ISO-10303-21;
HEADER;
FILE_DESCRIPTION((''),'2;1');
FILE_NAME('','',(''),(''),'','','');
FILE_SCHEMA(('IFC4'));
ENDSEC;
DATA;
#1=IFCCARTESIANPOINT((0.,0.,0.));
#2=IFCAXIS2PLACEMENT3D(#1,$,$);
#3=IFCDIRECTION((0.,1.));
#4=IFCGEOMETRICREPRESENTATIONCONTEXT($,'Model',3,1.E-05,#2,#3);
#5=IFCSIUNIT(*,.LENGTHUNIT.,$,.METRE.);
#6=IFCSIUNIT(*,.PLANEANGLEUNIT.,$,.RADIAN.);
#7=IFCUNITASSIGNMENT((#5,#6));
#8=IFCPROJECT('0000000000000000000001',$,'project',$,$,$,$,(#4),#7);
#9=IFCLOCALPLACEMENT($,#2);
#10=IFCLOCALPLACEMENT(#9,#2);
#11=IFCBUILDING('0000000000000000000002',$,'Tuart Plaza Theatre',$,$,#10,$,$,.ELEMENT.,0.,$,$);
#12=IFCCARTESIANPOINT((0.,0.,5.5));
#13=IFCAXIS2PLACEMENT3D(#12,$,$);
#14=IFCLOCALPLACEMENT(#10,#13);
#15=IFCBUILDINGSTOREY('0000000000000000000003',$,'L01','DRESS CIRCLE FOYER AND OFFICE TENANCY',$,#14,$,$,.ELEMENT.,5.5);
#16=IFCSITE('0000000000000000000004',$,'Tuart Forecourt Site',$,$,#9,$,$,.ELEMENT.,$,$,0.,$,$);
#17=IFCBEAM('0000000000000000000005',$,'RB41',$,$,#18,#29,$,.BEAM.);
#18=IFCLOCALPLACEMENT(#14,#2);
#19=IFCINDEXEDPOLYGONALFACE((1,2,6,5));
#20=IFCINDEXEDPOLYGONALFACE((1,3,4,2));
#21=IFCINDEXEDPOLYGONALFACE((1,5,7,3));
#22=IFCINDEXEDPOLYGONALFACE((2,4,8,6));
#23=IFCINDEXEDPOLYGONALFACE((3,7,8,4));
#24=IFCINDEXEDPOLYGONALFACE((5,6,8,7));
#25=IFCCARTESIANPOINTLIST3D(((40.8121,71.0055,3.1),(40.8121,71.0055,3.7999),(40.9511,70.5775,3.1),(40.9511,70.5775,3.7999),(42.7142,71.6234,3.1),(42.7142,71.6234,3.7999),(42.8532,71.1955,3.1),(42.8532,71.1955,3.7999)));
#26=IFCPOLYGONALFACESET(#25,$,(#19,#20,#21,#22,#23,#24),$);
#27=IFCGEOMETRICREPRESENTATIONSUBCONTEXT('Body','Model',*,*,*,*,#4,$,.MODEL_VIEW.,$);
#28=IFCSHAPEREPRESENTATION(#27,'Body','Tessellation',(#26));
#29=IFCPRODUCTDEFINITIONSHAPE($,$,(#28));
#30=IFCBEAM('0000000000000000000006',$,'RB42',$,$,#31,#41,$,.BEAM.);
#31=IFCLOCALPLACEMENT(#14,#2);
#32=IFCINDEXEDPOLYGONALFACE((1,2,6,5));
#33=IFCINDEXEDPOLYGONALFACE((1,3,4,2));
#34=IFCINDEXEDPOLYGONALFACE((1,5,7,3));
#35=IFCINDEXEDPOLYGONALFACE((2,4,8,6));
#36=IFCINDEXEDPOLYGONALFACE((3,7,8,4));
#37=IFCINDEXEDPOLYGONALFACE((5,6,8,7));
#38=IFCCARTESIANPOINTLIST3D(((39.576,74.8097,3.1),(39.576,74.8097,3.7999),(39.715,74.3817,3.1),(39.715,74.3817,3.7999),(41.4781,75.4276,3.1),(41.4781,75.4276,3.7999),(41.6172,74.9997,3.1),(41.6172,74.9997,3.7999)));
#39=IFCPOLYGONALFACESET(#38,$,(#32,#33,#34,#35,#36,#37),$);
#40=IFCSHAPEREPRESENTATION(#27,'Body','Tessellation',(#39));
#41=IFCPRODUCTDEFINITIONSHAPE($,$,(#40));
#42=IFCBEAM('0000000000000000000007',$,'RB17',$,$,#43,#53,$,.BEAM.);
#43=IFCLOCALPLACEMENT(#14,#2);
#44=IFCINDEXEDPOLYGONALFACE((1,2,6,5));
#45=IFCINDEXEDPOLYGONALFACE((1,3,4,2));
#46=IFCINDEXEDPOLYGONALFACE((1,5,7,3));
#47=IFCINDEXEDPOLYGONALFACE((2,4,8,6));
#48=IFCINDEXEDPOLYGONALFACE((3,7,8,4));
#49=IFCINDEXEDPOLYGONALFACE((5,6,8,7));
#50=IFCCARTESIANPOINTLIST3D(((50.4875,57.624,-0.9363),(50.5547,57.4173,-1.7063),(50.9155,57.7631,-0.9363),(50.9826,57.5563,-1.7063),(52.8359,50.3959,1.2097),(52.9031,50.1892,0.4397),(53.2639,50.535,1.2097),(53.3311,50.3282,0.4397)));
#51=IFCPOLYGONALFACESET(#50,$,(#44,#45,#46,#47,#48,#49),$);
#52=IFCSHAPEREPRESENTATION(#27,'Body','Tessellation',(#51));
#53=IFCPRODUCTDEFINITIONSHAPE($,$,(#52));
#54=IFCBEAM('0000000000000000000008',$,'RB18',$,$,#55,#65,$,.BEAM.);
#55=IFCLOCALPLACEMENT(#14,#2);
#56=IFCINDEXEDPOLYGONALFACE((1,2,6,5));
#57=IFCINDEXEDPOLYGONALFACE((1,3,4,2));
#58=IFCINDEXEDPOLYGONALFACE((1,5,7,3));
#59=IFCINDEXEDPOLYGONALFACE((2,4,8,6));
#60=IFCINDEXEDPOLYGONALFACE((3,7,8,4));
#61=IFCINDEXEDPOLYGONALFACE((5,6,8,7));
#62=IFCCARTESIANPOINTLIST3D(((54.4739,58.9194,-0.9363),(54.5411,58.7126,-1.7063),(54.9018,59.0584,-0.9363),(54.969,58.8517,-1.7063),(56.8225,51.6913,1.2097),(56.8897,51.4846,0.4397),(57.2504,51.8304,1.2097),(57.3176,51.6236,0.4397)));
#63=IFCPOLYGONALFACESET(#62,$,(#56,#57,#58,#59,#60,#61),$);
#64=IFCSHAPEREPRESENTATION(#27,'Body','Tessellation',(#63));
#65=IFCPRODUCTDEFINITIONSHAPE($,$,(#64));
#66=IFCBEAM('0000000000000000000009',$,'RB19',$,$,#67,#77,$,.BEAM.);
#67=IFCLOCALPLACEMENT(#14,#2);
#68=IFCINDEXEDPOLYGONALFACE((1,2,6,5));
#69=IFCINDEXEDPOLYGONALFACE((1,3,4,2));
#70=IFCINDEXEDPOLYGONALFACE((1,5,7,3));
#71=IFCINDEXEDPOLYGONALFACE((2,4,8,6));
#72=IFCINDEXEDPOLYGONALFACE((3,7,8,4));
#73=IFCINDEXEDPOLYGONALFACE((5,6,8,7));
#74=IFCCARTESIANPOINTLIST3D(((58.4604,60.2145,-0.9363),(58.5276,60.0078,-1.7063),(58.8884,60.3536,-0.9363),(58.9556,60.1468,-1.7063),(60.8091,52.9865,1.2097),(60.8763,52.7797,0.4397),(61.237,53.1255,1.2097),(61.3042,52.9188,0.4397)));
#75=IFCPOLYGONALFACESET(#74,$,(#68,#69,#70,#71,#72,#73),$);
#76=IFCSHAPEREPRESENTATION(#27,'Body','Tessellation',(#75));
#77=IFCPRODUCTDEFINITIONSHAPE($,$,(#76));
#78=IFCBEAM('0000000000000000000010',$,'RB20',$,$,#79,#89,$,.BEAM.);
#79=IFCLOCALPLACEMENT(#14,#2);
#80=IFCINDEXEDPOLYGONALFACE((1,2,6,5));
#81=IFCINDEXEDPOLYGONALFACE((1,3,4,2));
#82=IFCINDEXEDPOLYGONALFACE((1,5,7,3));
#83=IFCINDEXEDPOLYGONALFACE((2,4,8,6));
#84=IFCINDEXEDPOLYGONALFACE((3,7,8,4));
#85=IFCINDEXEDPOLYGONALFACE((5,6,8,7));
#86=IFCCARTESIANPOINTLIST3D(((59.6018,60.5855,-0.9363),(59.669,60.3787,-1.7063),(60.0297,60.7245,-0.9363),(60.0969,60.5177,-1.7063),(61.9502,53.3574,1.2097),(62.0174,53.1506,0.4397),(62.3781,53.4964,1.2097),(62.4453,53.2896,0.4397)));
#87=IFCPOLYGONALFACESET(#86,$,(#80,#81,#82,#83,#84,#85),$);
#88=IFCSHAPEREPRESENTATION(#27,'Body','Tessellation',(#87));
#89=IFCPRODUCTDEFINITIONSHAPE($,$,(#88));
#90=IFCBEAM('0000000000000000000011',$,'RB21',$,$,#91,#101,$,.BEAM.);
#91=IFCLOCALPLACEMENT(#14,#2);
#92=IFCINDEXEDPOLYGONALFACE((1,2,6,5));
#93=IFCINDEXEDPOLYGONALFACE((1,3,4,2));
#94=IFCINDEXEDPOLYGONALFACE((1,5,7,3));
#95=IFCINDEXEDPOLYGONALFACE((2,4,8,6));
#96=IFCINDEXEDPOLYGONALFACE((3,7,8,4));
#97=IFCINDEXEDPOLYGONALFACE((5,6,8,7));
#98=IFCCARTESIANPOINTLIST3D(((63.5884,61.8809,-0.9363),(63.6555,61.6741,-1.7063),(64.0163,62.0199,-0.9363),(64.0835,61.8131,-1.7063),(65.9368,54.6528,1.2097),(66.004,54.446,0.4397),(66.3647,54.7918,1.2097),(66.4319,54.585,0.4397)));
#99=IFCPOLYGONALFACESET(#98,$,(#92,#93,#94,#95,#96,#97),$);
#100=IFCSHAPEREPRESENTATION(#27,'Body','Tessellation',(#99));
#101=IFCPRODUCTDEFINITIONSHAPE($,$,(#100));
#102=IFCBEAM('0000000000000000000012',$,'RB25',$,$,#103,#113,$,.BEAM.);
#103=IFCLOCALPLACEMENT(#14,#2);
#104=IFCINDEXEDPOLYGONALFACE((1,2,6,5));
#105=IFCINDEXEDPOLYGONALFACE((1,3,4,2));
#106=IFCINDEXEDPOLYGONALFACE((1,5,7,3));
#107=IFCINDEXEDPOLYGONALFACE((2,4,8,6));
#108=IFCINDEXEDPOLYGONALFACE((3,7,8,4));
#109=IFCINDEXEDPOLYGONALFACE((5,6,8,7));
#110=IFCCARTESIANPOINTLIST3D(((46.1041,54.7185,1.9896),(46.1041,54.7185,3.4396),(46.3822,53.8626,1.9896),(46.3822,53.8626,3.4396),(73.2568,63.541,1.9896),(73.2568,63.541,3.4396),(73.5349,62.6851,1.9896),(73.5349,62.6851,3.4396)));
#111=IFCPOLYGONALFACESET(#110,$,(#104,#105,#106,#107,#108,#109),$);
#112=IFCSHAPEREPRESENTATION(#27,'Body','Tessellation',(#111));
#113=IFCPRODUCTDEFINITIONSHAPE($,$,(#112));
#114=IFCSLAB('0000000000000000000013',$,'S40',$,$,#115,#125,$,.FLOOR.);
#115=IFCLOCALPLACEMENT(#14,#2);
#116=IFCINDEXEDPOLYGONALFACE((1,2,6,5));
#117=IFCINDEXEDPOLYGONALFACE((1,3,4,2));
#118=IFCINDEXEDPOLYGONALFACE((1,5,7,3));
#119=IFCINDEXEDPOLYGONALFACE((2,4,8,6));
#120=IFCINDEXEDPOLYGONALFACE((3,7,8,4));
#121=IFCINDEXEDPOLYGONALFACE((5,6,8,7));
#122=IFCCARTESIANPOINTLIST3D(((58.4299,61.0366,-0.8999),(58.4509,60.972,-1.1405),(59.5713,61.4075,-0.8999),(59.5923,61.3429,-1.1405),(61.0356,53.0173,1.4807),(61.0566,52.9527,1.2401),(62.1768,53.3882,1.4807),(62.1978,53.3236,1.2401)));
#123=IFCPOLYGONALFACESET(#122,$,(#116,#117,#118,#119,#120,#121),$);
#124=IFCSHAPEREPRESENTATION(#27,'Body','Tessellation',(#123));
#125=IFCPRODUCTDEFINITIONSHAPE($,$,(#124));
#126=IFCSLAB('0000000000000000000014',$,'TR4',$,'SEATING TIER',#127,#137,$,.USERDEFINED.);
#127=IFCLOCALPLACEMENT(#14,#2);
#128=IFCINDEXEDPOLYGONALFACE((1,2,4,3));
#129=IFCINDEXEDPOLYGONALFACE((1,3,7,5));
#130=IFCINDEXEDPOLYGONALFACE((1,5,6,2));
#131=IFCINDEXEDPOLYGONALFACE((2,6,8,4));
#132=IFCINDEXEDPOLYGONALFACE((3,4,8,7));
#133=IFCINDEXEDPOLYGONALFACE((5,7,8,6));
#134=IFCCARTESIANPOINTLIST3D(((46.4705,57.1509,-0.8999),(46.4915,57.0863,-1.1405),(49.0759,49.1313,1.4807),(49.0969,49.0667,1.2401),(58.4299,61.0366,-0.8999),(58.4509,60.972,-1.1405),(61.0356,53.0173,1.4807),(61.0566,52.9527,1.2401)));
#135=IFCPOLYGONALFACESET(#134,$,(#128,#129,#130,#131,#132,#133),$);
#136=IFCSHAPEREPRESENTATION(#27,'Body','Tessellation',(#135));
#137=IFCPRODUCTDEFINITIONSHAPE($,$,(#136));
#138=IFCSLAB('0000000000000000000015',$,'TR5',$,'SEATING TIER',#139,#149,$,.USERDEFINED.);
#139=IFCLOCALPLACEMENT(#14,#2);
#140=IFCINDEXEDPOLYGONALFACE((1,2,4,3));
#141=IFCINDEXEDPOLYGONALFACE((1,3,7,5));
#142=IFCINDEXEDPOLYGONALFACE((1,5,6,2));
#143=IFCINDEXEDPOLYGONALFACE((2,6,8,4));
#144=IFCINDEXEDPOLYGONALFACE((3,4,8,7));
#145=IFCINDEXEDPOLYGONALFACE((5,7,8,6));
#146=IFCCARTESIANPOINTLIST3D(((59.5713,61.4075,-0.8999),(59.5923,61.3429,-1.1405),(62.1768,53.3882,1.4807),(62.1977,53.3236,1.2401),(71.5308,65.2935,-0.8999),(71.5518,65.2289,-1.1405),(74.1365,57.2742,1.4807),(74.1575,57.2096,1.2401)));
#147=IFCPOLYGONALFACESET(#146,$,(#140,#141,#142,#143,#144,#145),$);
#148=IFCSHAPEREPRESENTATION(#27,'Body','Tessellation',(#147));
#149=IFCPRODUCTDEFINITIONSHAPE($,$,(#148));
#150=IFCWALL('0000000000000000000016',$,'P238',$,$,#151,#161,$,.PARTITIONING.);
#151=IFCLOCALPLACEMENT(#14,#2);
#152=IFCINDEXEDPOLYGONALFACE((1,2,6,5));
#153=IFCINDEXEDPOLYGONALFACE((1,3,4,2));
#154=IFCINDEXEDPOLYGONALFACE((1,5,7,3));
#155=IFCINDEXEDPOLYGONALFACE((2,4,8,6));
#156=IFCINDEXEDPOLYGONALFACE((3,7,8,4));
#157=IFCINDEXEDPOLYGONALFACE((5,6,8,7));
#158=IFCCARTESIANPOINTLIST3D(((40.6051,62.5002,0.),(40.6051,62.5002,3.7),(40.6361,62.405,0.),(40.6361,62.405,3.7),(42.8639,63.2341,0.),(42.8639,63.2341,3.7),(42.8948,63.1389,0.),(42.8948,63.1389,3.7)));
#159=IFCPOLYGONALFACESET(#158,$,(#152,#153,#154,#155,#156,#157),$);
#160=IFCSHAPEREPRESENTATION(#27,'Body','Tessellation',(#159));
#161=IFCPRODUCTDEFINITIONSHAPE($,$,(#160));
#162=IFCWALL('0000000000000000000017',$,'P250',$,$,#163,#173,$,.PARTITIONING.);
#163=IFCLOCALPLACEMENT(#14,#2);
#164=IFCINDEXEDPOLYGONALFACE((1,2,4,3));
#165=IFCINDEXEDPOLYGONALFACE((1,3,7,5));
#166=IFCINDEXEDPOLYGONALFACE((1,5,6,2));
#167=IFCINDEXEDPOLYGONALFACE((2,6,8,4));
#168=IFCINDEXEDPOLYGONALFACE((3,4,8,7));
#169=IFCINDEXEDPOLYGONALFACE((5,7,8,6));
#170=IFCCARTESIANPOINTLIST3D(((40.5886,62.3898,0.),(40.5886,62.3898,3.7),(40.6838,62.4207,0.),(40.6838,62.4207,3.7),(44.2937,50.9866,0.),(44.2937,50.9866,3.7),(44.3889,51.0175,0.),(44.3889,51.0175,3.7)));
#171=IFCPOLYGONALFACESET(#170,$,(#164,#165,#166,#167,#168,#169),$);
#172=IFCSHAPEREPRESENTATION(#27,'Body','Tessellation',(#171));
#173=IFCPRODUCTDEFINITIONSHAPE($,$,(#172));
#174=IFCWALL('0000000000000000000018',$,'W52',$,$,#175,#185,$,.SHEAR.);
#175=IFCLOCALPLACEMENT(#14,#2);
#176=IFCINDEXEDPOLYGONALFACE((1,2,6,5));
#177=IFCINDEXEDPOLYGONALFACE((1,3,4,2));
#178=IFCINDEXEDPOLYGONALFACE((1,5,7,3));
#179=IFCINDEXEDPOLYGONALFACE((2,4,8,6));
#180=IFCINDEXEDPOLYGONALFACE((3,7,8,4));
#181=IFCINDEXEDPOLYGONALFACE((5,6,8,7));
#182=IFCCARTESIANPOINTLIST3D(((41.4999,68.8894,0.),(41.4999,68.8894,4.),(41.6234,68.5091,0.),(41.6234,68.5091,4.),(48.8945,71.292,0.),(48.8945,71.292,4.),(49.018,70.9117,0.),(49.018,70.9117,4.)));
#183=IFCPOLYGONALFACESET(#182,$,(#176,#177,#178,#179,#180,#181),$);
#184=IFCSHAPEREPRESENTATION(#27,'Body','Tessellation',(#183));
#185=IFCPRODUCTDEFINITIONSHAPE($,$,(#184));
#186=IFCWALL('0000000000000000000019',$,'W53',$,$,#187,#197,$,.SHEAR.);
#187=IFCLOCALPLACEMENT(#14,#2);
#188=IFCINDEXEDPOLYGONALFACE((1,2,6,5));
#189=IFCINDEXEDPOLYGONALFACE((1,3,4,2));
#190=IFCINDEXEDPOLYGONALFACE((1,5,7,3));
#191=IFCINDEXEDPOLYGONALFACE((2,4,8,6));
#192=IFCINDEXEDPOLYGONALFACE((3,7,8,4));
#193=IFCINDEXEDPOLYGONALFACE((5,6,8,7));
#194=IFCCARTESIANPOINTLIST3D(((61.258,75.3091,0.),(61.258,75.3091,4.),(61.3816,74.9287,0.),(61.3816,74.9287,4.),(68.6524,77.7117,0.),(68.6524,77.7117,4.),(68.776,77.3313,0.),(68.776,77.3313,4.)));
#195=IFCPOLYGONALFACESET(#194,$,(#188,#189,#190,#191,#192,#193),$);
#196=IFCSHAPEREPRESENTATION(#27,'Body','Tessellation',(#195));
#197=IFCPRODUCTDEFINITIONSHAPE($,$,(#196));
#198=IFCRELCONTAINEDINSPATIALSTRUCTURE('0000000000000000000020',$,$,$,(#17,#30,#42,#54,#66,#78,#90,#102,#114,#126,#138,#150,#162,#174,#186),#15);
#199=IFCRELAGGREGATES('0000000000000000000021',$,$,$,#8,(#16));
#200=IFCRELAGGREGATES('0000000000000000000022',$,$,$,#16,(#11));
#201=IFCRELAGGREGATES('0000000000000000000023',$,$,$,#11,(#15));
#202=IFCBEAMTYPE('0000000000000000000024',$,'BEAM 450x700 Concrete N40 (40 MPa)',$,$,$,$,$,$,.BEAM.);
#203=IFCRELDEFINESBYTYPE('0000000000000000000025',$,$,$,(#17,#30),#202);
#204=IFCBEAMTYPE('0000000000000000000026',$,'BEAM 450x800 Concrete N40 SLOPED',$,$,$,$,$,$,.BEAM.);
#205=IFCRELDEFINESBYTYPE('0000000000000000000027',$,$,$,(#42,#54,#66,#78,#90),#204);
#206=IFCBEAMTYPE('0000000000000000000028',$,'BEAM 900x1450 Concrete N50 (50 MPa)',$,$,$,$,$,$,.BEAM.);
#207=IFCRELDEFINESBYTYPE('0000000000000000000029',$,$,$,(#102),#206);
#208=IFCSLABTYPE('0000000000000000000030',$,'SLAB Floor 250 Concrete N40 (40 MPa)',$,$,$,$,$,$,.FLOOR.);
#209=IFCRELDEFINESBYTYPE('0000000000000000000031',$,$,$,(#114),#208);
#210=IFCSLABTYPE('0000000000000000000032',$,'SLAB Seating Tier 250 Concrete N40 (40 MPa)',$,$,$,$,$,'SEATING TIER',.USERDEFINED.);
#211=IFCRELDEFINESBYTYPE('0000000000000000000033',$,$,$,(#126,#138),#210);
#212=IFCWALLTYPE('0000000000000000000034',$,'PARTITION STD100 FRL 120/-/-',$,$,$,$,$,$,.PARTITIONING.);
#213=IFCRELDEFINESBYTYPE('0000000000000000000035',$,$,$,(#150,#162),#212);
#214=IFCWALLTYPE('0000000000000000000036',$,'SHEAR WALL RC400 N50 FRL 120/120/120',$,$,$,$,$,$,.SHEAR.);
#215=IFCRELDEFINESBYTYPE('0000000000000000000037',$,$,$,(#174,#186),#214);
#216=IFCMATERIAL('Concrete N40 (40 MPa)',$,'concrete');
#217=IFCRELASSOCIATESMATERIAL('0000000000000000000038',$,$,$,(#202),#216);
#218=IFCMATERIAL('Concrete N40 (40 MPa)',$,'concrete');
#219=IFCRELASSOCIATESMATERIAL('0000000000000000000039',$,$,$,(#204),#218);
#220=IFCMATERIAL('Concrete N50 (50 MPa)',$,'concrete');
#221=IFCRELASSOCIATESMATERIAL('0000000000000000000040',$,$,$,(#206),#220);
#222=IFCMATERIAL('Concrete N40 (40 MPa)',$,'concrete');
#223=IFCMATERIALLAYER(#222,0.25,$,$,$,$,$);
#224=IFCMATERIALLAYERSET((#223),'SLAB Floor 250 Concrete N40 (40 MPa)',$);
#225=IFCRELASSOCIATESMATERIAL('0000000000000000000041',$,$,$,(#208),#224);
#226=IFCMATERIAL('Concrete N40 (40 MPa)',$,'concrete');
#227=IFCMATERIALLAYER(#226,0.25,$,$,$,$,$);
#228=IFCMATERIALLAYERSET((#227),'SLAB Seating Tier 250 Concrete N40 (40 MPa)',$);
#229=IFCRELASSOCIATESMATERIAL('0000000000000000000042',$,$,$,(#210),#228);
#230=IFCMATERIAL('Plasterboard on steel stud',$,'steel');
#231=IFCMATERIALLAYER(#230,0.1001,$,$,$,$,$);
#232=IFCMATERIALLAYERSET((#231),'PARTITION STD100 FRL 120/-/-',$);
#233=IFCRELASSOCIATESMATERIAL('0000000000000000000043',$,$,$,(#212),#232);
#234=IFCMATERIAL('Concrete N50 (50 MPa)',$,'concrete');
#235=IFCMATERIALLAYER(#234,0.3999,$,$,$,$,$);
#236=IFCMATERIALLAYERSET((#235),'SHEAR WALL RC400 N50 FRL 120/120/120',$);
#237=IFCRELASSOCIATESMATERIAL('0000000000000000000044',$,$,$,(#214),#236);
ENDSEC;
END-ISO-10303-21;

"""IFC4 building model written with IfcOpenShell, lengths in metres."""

from ifc_helpers import new_model, si_unit, direction, frame, frame_2d, origin, origin_2d, place, context, subcontext, project, spatial, polyline, rectangle, outline, extrude, material, layer, layer_set, material_profile, profile_set, type_object, element, save


model = new_model("IFC4")

# Units and contexts
model_context = context("Model", 3, precision=1e-05, world=origin(), true_north=direction((0.0, 1.0)))
body_context = subcontext(model_context, "Body", "Model", "MODEL_VIEW")
ifc_project = project(units=[si_unit("LENGTHUNIT", "METRE"), si_unit("PLANEANGLEUNIT", "RADIAN")], contexts=[model_context])

# Site, building, storey
site_placement = place(None, origin())
site = spatial("IfcSite", under=ifc_project, at=site_placement, Name="Tuart Forecourt Site", CompositionType="ELEMENT", RefElevation=0.0)
building_placement = place(site_placement, origin())
building = spatial("IfcBuilding", under=site, at=building_placement, Name="Tuart Plaza Theatre", CompositionType="ELEMENT", ElevationOfRefHeight=0.0)
storey_placement = place(building_placement, frame((0.0, 0.0, 5.5)))
storey = spatial("IfcBuildingStorey", under=building, at=storey_placement, Name="L01", Description="DRESS CIRCLE FOYER AND OFFICE TENANCY", CompositionType="ELEMENT", Elevation=5.5)

# Beams
ifc_material_1 = material(Name="Concrete N40 (40 MPa)", Category="concrete")
ifc_material_profile_1 = material_profile(ifc_material_1, rectangle(XDim=0.45, YDim=0.7, at=origin_2d()), Name="BEAM 450x700 Concrete N40 (40 MPa)")
ifc_profile_set_1 = profile_set([ifc_material_profile_1], Name="Concrete N40 (40 MPa)")
beam_type_1 = type_object("IfcBeamType", Name="BEAM 450x700 Concrete N40 (40 MPa)", PredefinedType="BEAM", material=ifc_profile_set_1)
for number, where, z_axis, x_axis, name in (
    (1, (40.8816, 70.7915, 3.45), (0.951073, 0.308967, 0.0), (-0.308967, 0.951073, 0.0), "RB41"),
    (2, (39.6455, 74.5957, 3.45), (0.951073, 0.308967, 0.0), (-0.308967, 0.951073, 0.0), "RB42"),
):
    element("IfcBeam", number, at=place(storey_placement, frame(where, z_axis=z_axis, x_axis=x_axis)), inside=storey, type_object=beam_type_1, Name=name, PredefinedType="BEAM", context=body_context, shape_type="SweptSolid", body=[
        extrude(rectangle(XDim=0.45, YDim=0.7, at=origin_2d()), origin(), (0.0, 0.0, 1.0), 2.0),
    ])
ifc_material_2 = material(Name="Concrete N40 (40 MPa)", Category="concrete")
ifc_material_profile_2 = material_profile(ifc_material_2, rectangle(XDim=0.45, YDim=0.8, at=origin_2d()), Name="BEAM 450x800 Concrete N40 SLOPED")
ifc_profile_set_2 = profile_set([ifc_material_profile_2], Name="Concrete N40 (40 MPa)")
beam_type_2 = type_object("IfcBeamType", Name="BEAM 450x800 Concrete N40 SLOPED", PredefinedType="BEAM", material=ifc_profile_set_2)
for number, where, z_axis, x_axis, name in (
    (3, (53.0835, 50.3621, 0.8247), (-0.297373, 0.915273, -0.271744), (-0.951062, -0.309, 0.0), "RB17"),
    (4, (57.0701, 51.6575, 0.8247), (-0.297401, 0.915265, -0.271741), (-0.951052, -0.309029, 0.0), "RB18"),
    (5, (61.0566, 52.9526, 0.8247), (-0.297401, 0.915265, -0.271741), (-0.951052, -0.309029, 0.0), "RB19"),
    (6, (62.1978, 53.3235, 0.8247), (-0.297373, 0.915273, -0.271744), (-0.951062, -0.309, 0.0), "RB20"),
    (7, (66.1843, 54.6189, 0.8247), (-0.297373, 0.915273, -0.271744), (-0.951062, -0.309, 0.0), "RB21"),
):
    element("IfcBeam", number, at=place(storey_placement, frame(where, z_axis=z_axis, x_axis=x_axis)), inside=storey, type_object=beam_type_2, Name=name, PredefinedType="BEAM", context=body_context, shape_type="SweptSolid", body=[
        extrude(rectangle(XDim=0.45, YDim=0.8, at=origin_2d()), origin(), (0.0, 0.0, 1.0), 7.8972),
    ])
ifc_material_3 = material(Name="Concrete N50 (50 MPa)", Category="concrete")
ifc_material_profile_3 = material_profile(ifc_material_3, rectangle(XDim=0.8999, YDim=1.45, at=origin_2d()), Name="BEAM 900x1450 Concrete N50 (50 MPa)")
ifc_profile_set_3 = profile_set([ifc_material_profile_3], Name="Concrete N50 (50 MPa)")
beam_type_3 = type_object("IfcBeamType", Name="BEAM 900x1450 Concrete N50 (50 MPa)", PredefinedType="BEAM", material=ifc_profile_set_3)
beam_placement = place(storey_placement, frame((46.2432, 54.2905, 2.7146), z_axis=(0.951055, 0.30902, 0.0), x_axis=(-0.30902, 0.951055, 0.0)))
element("IfcBeam", 8, at=beam_placement, inside=storey, type_object=beam_type_3, Name="RB25", PredefinedType="BEAM", context=body_context, shape_type="SweptSolid", body=[
    extrude(rectangle(XDim=0.8999, YDim=1.45, at=origin_2d()), origin(), (0.0, 0.0, 1.0), 28.55),
])

# Slabs
ifc_material_4 = material(Name="Concrete N40 (40 MPa)", Category="concrete")
ifc_layer_1 = layer(ifc_material_4, 0.25)
ifc_layer_set_1 = layer_set([ifc_layer_1], Name="SLAB Floor 250 Concrete N40 (40 MPa)")
slab_type_1 = type_object("IfcSlabType", Name="SLAB Floor 250 Concrete N40 (40 MPa)", PredefinedType="FLOOR", material=ifc_layer_set_1)
slab_1_placement = place(storey_placement, frame((61.0356, 53.0173, 1.4807), z_axis=(-0.083971, 0.258409, 0.962379), x_axis=(0.951038, 0.309075, -0.000008)))
element("IfcSlab", 9, at=slab_1_placement, inside=storey, type_object=slab_type_1, Name="S40", PredefinedType="FLOOR", context=body_context, shape_type="SweptSolid", body=[
    extrude(outline(polyline([(0.0, 0.0), (1.1999, 0.0), (1.2005, 8.7616), (0.0004, 8.7616), (0.0, 0.0)])), origin(), (0.0, 0.0, -1.0), 0.25),
])
ifc_material_5 = material(Name="Concrete N40 (40 MPa)", Category="concrete")
ifc_layer_2 = layer(ifc_material_5, 0.25)
ifc_layer_set_2 = layer_set([ifc_layer_2], Name="SLAB Seating Tier 250 Concrete N40 (40 MPa)")
slab_type_2 = type_object("IfcSlabType", Name="SLAB Seating Tier 250 Concrete N40 (40 MPa)", ElementType="SEATING TIER", PredefinedType="USERDEFINED", material=ifc_layer_set_2)
slab_2_placement = place(storey_placement, frame((49.0759, 49.1313, 1.4807), z_axis=(-0.083961, 0.258409, 0.96238), x_axis=(0.951056, 0.309019, -0.000002)))
element("IfcSlab", 10, at=slab_2_placement, inside=storey, type_object=slab_type_2, Name="TR4", ObjectType="SEATING TIER", PredefinedType="USERDEFINED", context=body_context, shape_type="SweptSolid", body=[
    extrude(outline(polyline([(0.0, 0.0), (12.5752, 0.0), (12.5751, 8.7616), (0.0002, 8.7618), (0.0, 0.0)])), origin(), (0.0, 0.0, -1.0), 0.25),
])
slab_3_placement = place(storey_placement, frame((62.1768, 53.3882, 1.4807), z_axis=(-0.083965, 0.258412, 0.962379), x_axis=(0.951056, 0.30902, 0.000001)))
element("IfcSlab", 11, at=slab_3_placement, inside=storey, type_object=slab_type_2, Name="TR5", ObjectType="SEATING TIER", PredefinedType="USERDEFINED", context=body_context, shape_type="SweptSolid", body=[
    extrude(outline(polyline([(0.0, 0.0), (12.5752, 0.0), (12.5751, 8.7616), (0.0002, 8.7616), (0.0, 0.0)])), origin(), (0.0, 0.0, -1.0), 0.25),
])

# Walls
ifc_material_6 = material(Name="Plasterboard on steel stud", Category="steel")
ifc_layer_3 = layer(ifc_material_6, 0.1001)
ifc_layer_set_3 = layer_set([ifc_layer_3], Name="PARTITION STD100 FRL 120/-/-")
wall_type_1 = type_object("IfcWallType", Name="PARTITION STD100 FRL 120/-/-", PredefinedType="PARTITIONING", material=ifc_layer_set_3)
wall_1_placement = place(storey_placement, frame((40.6206, 62.4526, 0.0), z_axis=(0.0, 0.0, 1.0), x_axis=(0.951061, 0.309002, 0.0)))
element("IfcWall", 12, at=wall_1_placement, inside=storey, type_object=wall_type_1, Name="P238", PredefinedType="PARTITIONING", context=body_context, shape_type="SweptSolid", body=[
    extrude(rectangle(XDim=2.375, YDim=0.1001, at=frame_2d((1.1875, 0.0))), origin(), (0.0, 0.0, 1.0), 3.7),
])
wall_2_placement = place(storey_placement, frame((44.3413, 51.002, 0.0), z_axis=(0.0, 0.0, 1.0), x_axis=(-0.309017, 0.951057, 0.0)))
element("IfcWall", 13, at=wall_2_placement, inside=storey, type_object=wall_type_1, Name="P250", PredefinedType="PARTITIONING", context=body_context, shape_type="SweptSolid", body=[
    extrude(rectangle(XDim=11.99, YDim=0.1001, at=frame_2d((5.9951, 0.0))), origin(), (0.0, 0.0, 1.0), 3.7),
])
ifc_material_7 = material(Name="Concrete N50 (50 MPa)", Category="concrete")
ifc_layer_4 = layer(ifc_material_7, 0.3999)
ifc_layer_set_4 = layer_set([ifc_layer_4], Name="SHEAR WALL RC400 N50 FRL 120/120/120")
wall_type_2 = type_object("IfcWallType", Name="SHEAR WALL RC400 N50 FRL 120/120/120", PredefinedType="SHEAR", material=ifc_layer_set_4)
wall_3_placement = place(storey_placement, frame((41.5615, 68.6992, 0.0), z_axis=(0.0, 0.0, 1.0), x_axis=(0.951058, 0.309012, 0.0)))
element("IfcWall", 14, at=wall_3_placement, inside=storey, type_object=wall_type_2, Name="W52", PredefinedType="SHEAR", context=body_context, shape_type="SweptSolid", body=[
    extrude(rectangle(XDim=7.7751, YDim=0.3999, at=frame_2d((3.8877, 0.0))), origin(), (0.0, 0.0, 1.0), 4.0),
])
wall_4_placement = place(storey_placement, frame((61.3198, 75.1189, 0.0), z_axis=(0.0, 0.0, 1.0), x_axis=(0.951055, 0.309021, 0.0)))
element("IfcWall", 15, at=wall_4_placement, inside=storey, type_object=wall_type_2, Name="W53", PredefinedType="SHEAR", context=body_context, shape_type="SweptSolid", body=[
    extrude(rectangle(XDim=7.7749, YDim=0.3999, at=frame_2d((3.8875, 0.0))), origin(), (0.0, 0.0, 1.0), 4.0),
])

save(model, "model.ifc")
